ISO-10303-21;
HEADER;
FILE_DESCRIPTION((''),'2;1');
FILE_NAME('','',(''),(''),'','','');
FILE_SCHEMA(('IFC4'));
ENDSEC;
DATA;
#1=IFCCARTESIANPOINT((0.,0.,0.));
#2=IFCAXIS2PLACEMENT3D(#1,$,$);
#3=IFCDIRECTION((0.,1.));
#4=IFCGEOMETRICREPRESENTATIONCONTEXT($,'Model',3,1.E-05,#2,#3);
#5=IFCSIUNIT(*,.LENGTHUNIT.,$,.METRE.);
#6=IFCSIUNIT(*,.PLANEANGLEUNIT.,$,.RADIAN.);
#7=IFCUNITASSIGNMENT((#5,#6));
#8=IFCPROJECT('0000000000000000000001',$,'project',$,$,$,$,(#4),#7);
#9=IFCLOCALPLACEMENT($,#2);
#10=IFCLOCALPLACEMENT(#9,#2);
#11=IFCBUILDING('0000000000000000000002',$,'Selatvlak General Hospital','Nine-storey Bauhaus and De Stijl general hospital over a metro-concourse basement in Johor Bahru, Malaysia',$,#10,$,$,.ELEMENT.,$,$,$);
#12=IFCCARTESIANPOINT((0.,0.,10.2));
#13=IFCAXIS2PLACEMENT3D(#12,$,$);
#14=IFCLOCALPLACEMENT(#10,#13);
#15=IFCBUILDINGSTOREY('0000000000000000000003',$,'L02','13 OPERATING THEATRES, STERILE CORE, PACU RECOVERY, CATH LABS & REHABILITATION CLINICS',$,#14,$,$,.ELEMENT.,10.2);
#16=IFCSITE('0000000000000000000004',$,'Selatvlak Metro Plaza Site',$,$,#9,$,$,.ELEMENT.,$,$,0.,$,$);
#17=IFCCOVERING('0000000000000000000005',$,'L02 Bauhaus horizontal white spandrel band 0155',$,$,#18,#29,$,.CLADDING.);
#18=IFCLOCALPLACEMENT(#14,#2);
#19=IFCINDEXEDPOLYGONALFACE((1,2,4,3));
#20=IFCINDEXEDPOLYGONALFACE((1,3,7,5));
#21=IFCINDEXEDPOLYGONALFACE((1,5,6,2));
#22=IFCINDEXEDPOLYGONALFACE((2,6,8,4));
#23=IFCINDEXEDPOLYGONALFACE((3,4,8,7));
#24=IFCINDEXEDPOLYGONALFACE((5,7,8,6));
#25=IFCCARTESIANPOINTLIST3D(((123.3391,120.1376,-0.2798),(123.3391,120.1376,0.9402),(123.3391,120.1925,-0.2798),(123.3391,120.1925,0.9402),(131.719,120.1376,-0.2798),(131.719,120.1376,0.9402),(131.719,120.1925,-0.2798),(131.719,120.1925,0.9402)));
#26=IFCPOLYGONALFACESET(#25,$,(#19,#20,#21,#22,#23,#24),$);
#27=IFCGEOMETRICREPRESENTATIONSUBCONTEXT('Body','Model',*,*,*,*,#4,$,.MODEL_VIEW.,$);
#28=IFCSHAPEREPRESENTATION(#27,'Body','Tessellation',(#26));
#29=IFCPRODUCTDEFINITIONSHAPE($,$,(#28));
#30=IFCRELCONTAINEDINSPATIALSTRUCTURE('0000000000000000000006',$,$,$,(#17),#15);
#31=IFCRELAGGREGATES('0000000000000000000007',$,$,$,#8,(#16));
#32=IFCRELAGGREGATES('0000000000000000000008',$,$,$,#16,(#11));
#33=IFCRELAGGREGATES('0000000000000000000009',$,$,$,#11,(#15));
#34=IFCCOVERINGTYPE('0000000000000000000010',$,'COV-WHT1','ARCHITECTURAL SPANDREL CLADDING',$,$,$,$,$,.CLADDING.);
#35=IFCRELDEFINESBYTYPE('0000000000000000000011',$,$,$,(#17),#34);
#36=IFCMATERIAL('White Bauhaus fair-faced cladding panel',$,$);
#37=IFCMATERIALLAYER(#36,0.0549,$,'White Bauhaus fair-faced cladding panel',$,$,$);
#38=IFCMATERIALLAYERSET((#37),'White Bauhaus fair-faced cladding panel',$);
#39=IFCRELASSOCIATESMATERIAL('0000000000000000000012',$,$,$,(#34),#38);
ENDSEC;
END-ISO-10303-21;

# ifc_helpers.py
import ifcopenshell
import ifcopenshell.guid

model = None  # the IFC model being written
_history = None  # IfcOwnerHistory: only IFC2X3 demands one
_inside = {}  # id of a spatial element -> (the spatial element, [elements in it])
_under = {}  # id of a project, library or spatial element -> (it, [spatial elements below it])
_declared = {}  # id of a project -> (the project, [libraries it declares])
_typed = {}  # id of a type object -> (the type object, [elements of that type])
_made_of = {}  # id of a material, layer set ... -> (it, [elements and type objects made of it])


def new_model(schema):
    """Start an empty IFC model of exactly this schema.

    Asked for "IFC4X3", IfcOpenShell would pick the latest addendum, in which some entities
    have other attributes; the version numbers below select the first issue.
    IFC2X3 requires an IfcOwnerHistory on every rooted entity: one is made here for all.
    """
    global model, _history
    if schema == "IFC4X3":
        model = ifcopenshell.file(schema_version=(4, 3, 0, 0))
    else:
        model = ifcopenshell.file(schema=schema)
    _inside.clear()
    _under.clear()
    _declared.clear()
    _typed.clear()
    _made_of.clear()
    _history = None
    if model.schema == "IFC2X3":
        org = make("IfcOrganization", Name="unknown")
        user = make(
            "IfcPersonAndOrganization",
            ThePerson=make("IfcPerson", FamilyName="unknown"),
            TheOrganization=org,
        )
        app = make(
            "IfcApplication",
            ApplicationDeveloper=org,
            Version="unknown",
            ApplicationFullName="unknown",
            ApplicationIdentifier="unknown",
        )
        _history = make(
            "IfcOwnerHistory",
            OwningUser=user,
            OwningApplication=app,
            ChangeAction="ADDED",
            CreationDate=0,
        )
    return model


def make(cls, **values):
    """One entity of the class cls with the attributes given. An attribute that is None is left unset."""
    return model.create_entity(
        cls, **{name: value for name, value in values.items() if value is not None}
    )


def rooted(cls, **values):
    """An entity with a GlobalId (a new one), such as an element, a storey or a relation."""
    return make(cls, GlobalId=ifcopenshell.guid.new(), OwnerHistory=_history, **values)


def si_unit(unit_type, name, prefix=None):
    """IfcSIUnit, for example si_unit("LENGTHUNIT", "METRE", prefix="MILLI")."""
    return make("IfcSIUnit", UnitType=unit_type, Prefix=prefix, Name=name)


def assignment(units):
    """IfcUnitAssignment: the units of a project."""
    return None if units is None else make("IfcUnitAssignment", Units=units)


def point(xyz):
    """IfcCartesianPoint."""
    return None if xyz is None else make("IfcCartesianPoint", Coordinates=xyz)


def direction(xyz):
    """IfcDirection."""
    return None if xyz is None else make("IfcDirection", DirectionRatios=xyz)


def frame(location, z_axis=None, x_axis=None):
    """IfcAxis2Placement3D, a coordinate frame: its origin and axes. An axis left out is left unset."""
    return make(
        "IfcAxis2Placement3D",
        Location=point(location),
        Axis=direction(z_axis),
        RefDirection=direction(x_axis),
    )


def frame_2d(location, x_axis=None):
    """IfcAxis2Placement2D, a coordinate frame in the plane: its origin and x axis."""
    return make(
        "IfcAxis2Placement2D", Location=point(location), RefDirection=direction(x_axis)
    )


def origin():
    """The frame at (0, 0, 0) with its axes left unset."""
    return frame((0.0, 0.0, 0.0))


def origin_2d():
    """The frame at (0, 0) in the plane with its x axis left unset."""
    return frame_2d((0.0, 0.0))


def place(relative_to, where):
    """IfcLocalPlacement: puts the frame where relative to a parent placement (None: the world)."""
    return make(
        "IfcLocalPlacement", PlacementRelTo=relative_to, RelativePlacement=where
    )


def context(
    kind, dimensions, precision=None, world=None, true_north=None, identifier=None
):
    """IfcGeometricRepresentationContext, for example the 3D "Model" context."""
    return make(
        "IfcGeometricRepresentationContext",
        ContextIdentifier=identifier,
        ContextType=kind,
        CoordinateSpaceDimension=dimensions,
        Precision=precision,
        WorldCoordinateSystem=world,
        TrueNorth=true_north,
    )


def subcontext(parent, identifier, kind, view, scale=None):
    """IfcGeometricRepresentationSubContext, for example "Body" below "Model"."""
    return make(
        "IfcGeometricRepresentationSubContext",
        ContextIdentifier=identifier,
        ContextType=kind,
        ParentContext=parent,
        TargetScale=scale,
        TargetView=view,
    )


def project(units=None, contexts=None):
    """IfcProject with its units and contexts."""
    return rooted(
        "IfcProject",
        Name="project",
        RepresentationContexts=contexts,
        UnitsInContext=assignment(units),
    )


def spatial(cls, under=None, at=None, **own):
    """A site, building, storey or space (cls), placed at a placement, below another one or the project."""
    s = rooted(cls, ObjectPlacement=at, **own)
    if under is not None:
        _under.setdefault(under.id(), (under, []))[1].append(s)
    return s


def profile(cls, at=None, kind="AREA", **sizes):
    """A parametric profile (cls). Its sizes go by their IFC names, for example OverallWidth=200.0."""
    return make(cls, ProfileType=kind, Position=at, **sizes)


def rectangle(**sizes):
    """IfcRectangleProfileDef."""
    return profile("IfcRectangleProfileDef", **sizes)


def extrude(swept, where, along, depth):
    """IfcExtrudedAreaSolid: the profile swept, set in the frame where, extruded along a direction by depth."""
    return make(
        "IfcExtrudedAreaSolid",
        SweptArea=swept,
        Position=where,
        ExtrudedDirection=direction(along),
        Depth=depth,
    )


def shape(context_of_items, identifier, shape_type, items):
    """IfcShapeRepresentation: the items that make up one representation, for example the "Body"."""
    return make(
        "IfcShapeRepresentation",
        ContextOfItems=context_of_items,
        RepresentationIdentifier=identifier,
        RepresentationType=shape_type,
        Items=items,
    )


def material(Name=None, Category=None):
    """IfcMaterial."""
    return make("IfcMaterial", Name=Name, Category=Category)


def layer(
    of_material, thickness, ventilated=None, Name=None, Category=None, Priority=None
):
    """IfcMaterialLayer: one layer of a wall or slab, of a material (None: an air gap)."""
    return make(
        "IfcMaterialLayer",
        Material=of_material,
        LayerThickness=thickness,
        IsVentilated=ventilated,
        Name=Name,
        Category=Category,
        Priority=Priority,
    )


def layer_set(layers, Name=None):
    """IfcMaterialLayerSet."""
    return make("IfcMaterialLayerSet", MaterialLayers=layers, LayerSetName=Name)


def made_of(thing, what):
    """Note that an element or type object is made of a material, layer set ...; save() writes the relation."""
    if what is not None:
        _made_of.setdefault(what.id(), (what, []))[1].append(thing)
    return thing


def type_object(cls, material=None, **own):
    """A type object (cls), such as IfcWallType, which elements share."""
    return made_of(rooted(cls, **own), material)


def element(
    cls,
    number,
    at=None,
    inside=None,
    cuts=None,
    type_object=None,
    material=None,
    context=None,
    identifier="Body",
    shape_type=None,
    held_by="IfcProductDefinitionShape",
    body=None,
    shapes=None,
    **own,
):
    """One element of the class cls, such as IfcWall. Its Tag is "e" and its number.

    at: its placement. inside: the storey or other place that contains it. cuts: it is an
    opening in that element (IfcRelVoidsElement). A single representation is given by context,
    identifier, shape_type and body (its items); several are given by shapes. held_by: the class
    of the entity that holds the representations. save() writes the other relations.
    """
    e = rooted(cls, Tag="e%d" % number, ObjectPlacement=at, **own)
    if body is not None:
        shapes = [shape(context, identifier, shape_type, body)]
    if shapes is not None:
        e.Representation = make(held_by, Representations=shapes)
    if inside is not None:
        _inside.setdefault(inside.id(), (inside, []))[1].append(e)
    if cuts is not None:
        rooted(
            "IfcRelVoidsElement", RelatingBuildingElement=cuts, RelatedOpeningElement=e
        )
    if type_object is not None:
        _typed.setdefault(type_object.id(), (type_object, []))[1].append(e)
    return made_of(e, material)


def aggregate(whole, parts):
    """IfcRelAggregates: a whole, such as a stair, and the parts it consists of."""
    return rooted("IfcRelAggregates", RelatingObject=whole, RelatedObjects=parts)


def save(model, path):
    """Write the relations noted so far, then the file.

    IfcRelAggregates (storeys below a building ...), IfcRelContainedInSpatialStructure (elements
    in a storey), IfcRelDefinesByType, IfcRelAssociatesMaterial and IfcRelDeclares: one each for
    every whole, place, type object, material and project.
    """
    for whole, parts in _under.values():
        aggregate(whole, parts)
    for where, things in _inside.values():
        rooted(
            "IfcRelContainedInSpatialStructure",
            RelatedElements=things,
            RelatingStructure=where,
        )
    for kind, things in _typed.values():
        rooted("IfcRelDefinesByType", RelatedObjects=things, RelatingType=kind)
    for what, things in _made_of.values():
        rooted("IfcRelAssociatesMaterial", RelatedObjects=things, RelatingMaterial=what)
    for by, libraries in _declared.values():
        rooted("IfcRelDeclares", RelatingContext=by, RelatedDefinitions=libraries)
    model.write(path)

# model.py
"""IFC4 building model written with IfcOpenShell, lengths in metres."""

from ifc_helpers import new_model, si_unit, direction, frame, origin, origin_2d, place, context, subcontext, project, spatial, rectangle, extrude, material, layer, layer_set, type_object, element, save


model = new_model("IFC4")

# Units and contexts
model_context = context("Model", 3, precision=1e-05, world=origin(), true_north=direction((0.0, 1.0)))
body_context = subcontext(model_context, "Body", "Model", "MODEL_VIEW")
ifc_project = project(units=[si_unit("LENGTHUNIT", "METRE"), si_unit("PLANEANGLEUNIT", "RADIAN")], contexts=[model_context])

# Site, building, storey
site_placement = place(None, origin())
site = spatial("IfcSite", under=ifc_project, at=site_placement, Name="Selatvlak Metro Plaza Site", CompositionType="ELEMENT", RefElevation=0.0)
building_placement = place(site_placement, origin())
building = spatial("IfcBuilding", under=site, at=building_placement, Name="Selatvlak General Hospital", Description="Nine-storey Bauhaus and De Stijl general hospital over a metro-concourse basement in Johor Bahru, Malaysia", CompositionType="ELEMENT")
storey_placement = place(building_placement, frame((0.0, 0.0, 10.2)))
storey = spatial("IfcBuildingStorey", under=building, at=storey_placement, Name="L02", Description="13 OPERATING THEATRES, STERILE CORE, PACU RECOVERY, CATH LABS & REHABILITATION CLINICS", CompositionType="ELEMENT", Elevation=10.2)

# Covering
ifc_material_1 = material(Name="White Bauhaus fair-faced cladding panel")
ifc_layer_1 = layer(ifc_material_1, 0.0549, Name="White Bauhaus fair-faced cladding panel")
ifc_layer_set_1 = layer_set([ifc_layer_1], Name="White Bauhaus fair-faced cladding panel")
covering_type = type_object("IfcCoveringType", Name="COV-WHT1", Description="ARCHITECTURAL SPANDREL CLADDING", PredefinedType="CLADDING", material=ifc_layer_set_1)
covering_placement = place(storey_placement, frame((127.5291, 120.165, -0.2798), z_axis=(0.0, 0.0, 1.0), x_axis=(1.0, 0.0, 0.0)))
element("IfcCovering", 1, at=covering_placement, inside=storey, type_object=covering_type, Name="L02 Bauhaus horizontal white spandrel band 0155", PredefinedType="CLADDING", context=body_context, shape_type="SweptSolid", body=[
    extrude(rectangle(XDim=8.3799, YDim=0.0549, at=origin_2d()), origin(), (0.0, 0.0, 1.0), 1.22),
])

save(model, "model.ifc")
